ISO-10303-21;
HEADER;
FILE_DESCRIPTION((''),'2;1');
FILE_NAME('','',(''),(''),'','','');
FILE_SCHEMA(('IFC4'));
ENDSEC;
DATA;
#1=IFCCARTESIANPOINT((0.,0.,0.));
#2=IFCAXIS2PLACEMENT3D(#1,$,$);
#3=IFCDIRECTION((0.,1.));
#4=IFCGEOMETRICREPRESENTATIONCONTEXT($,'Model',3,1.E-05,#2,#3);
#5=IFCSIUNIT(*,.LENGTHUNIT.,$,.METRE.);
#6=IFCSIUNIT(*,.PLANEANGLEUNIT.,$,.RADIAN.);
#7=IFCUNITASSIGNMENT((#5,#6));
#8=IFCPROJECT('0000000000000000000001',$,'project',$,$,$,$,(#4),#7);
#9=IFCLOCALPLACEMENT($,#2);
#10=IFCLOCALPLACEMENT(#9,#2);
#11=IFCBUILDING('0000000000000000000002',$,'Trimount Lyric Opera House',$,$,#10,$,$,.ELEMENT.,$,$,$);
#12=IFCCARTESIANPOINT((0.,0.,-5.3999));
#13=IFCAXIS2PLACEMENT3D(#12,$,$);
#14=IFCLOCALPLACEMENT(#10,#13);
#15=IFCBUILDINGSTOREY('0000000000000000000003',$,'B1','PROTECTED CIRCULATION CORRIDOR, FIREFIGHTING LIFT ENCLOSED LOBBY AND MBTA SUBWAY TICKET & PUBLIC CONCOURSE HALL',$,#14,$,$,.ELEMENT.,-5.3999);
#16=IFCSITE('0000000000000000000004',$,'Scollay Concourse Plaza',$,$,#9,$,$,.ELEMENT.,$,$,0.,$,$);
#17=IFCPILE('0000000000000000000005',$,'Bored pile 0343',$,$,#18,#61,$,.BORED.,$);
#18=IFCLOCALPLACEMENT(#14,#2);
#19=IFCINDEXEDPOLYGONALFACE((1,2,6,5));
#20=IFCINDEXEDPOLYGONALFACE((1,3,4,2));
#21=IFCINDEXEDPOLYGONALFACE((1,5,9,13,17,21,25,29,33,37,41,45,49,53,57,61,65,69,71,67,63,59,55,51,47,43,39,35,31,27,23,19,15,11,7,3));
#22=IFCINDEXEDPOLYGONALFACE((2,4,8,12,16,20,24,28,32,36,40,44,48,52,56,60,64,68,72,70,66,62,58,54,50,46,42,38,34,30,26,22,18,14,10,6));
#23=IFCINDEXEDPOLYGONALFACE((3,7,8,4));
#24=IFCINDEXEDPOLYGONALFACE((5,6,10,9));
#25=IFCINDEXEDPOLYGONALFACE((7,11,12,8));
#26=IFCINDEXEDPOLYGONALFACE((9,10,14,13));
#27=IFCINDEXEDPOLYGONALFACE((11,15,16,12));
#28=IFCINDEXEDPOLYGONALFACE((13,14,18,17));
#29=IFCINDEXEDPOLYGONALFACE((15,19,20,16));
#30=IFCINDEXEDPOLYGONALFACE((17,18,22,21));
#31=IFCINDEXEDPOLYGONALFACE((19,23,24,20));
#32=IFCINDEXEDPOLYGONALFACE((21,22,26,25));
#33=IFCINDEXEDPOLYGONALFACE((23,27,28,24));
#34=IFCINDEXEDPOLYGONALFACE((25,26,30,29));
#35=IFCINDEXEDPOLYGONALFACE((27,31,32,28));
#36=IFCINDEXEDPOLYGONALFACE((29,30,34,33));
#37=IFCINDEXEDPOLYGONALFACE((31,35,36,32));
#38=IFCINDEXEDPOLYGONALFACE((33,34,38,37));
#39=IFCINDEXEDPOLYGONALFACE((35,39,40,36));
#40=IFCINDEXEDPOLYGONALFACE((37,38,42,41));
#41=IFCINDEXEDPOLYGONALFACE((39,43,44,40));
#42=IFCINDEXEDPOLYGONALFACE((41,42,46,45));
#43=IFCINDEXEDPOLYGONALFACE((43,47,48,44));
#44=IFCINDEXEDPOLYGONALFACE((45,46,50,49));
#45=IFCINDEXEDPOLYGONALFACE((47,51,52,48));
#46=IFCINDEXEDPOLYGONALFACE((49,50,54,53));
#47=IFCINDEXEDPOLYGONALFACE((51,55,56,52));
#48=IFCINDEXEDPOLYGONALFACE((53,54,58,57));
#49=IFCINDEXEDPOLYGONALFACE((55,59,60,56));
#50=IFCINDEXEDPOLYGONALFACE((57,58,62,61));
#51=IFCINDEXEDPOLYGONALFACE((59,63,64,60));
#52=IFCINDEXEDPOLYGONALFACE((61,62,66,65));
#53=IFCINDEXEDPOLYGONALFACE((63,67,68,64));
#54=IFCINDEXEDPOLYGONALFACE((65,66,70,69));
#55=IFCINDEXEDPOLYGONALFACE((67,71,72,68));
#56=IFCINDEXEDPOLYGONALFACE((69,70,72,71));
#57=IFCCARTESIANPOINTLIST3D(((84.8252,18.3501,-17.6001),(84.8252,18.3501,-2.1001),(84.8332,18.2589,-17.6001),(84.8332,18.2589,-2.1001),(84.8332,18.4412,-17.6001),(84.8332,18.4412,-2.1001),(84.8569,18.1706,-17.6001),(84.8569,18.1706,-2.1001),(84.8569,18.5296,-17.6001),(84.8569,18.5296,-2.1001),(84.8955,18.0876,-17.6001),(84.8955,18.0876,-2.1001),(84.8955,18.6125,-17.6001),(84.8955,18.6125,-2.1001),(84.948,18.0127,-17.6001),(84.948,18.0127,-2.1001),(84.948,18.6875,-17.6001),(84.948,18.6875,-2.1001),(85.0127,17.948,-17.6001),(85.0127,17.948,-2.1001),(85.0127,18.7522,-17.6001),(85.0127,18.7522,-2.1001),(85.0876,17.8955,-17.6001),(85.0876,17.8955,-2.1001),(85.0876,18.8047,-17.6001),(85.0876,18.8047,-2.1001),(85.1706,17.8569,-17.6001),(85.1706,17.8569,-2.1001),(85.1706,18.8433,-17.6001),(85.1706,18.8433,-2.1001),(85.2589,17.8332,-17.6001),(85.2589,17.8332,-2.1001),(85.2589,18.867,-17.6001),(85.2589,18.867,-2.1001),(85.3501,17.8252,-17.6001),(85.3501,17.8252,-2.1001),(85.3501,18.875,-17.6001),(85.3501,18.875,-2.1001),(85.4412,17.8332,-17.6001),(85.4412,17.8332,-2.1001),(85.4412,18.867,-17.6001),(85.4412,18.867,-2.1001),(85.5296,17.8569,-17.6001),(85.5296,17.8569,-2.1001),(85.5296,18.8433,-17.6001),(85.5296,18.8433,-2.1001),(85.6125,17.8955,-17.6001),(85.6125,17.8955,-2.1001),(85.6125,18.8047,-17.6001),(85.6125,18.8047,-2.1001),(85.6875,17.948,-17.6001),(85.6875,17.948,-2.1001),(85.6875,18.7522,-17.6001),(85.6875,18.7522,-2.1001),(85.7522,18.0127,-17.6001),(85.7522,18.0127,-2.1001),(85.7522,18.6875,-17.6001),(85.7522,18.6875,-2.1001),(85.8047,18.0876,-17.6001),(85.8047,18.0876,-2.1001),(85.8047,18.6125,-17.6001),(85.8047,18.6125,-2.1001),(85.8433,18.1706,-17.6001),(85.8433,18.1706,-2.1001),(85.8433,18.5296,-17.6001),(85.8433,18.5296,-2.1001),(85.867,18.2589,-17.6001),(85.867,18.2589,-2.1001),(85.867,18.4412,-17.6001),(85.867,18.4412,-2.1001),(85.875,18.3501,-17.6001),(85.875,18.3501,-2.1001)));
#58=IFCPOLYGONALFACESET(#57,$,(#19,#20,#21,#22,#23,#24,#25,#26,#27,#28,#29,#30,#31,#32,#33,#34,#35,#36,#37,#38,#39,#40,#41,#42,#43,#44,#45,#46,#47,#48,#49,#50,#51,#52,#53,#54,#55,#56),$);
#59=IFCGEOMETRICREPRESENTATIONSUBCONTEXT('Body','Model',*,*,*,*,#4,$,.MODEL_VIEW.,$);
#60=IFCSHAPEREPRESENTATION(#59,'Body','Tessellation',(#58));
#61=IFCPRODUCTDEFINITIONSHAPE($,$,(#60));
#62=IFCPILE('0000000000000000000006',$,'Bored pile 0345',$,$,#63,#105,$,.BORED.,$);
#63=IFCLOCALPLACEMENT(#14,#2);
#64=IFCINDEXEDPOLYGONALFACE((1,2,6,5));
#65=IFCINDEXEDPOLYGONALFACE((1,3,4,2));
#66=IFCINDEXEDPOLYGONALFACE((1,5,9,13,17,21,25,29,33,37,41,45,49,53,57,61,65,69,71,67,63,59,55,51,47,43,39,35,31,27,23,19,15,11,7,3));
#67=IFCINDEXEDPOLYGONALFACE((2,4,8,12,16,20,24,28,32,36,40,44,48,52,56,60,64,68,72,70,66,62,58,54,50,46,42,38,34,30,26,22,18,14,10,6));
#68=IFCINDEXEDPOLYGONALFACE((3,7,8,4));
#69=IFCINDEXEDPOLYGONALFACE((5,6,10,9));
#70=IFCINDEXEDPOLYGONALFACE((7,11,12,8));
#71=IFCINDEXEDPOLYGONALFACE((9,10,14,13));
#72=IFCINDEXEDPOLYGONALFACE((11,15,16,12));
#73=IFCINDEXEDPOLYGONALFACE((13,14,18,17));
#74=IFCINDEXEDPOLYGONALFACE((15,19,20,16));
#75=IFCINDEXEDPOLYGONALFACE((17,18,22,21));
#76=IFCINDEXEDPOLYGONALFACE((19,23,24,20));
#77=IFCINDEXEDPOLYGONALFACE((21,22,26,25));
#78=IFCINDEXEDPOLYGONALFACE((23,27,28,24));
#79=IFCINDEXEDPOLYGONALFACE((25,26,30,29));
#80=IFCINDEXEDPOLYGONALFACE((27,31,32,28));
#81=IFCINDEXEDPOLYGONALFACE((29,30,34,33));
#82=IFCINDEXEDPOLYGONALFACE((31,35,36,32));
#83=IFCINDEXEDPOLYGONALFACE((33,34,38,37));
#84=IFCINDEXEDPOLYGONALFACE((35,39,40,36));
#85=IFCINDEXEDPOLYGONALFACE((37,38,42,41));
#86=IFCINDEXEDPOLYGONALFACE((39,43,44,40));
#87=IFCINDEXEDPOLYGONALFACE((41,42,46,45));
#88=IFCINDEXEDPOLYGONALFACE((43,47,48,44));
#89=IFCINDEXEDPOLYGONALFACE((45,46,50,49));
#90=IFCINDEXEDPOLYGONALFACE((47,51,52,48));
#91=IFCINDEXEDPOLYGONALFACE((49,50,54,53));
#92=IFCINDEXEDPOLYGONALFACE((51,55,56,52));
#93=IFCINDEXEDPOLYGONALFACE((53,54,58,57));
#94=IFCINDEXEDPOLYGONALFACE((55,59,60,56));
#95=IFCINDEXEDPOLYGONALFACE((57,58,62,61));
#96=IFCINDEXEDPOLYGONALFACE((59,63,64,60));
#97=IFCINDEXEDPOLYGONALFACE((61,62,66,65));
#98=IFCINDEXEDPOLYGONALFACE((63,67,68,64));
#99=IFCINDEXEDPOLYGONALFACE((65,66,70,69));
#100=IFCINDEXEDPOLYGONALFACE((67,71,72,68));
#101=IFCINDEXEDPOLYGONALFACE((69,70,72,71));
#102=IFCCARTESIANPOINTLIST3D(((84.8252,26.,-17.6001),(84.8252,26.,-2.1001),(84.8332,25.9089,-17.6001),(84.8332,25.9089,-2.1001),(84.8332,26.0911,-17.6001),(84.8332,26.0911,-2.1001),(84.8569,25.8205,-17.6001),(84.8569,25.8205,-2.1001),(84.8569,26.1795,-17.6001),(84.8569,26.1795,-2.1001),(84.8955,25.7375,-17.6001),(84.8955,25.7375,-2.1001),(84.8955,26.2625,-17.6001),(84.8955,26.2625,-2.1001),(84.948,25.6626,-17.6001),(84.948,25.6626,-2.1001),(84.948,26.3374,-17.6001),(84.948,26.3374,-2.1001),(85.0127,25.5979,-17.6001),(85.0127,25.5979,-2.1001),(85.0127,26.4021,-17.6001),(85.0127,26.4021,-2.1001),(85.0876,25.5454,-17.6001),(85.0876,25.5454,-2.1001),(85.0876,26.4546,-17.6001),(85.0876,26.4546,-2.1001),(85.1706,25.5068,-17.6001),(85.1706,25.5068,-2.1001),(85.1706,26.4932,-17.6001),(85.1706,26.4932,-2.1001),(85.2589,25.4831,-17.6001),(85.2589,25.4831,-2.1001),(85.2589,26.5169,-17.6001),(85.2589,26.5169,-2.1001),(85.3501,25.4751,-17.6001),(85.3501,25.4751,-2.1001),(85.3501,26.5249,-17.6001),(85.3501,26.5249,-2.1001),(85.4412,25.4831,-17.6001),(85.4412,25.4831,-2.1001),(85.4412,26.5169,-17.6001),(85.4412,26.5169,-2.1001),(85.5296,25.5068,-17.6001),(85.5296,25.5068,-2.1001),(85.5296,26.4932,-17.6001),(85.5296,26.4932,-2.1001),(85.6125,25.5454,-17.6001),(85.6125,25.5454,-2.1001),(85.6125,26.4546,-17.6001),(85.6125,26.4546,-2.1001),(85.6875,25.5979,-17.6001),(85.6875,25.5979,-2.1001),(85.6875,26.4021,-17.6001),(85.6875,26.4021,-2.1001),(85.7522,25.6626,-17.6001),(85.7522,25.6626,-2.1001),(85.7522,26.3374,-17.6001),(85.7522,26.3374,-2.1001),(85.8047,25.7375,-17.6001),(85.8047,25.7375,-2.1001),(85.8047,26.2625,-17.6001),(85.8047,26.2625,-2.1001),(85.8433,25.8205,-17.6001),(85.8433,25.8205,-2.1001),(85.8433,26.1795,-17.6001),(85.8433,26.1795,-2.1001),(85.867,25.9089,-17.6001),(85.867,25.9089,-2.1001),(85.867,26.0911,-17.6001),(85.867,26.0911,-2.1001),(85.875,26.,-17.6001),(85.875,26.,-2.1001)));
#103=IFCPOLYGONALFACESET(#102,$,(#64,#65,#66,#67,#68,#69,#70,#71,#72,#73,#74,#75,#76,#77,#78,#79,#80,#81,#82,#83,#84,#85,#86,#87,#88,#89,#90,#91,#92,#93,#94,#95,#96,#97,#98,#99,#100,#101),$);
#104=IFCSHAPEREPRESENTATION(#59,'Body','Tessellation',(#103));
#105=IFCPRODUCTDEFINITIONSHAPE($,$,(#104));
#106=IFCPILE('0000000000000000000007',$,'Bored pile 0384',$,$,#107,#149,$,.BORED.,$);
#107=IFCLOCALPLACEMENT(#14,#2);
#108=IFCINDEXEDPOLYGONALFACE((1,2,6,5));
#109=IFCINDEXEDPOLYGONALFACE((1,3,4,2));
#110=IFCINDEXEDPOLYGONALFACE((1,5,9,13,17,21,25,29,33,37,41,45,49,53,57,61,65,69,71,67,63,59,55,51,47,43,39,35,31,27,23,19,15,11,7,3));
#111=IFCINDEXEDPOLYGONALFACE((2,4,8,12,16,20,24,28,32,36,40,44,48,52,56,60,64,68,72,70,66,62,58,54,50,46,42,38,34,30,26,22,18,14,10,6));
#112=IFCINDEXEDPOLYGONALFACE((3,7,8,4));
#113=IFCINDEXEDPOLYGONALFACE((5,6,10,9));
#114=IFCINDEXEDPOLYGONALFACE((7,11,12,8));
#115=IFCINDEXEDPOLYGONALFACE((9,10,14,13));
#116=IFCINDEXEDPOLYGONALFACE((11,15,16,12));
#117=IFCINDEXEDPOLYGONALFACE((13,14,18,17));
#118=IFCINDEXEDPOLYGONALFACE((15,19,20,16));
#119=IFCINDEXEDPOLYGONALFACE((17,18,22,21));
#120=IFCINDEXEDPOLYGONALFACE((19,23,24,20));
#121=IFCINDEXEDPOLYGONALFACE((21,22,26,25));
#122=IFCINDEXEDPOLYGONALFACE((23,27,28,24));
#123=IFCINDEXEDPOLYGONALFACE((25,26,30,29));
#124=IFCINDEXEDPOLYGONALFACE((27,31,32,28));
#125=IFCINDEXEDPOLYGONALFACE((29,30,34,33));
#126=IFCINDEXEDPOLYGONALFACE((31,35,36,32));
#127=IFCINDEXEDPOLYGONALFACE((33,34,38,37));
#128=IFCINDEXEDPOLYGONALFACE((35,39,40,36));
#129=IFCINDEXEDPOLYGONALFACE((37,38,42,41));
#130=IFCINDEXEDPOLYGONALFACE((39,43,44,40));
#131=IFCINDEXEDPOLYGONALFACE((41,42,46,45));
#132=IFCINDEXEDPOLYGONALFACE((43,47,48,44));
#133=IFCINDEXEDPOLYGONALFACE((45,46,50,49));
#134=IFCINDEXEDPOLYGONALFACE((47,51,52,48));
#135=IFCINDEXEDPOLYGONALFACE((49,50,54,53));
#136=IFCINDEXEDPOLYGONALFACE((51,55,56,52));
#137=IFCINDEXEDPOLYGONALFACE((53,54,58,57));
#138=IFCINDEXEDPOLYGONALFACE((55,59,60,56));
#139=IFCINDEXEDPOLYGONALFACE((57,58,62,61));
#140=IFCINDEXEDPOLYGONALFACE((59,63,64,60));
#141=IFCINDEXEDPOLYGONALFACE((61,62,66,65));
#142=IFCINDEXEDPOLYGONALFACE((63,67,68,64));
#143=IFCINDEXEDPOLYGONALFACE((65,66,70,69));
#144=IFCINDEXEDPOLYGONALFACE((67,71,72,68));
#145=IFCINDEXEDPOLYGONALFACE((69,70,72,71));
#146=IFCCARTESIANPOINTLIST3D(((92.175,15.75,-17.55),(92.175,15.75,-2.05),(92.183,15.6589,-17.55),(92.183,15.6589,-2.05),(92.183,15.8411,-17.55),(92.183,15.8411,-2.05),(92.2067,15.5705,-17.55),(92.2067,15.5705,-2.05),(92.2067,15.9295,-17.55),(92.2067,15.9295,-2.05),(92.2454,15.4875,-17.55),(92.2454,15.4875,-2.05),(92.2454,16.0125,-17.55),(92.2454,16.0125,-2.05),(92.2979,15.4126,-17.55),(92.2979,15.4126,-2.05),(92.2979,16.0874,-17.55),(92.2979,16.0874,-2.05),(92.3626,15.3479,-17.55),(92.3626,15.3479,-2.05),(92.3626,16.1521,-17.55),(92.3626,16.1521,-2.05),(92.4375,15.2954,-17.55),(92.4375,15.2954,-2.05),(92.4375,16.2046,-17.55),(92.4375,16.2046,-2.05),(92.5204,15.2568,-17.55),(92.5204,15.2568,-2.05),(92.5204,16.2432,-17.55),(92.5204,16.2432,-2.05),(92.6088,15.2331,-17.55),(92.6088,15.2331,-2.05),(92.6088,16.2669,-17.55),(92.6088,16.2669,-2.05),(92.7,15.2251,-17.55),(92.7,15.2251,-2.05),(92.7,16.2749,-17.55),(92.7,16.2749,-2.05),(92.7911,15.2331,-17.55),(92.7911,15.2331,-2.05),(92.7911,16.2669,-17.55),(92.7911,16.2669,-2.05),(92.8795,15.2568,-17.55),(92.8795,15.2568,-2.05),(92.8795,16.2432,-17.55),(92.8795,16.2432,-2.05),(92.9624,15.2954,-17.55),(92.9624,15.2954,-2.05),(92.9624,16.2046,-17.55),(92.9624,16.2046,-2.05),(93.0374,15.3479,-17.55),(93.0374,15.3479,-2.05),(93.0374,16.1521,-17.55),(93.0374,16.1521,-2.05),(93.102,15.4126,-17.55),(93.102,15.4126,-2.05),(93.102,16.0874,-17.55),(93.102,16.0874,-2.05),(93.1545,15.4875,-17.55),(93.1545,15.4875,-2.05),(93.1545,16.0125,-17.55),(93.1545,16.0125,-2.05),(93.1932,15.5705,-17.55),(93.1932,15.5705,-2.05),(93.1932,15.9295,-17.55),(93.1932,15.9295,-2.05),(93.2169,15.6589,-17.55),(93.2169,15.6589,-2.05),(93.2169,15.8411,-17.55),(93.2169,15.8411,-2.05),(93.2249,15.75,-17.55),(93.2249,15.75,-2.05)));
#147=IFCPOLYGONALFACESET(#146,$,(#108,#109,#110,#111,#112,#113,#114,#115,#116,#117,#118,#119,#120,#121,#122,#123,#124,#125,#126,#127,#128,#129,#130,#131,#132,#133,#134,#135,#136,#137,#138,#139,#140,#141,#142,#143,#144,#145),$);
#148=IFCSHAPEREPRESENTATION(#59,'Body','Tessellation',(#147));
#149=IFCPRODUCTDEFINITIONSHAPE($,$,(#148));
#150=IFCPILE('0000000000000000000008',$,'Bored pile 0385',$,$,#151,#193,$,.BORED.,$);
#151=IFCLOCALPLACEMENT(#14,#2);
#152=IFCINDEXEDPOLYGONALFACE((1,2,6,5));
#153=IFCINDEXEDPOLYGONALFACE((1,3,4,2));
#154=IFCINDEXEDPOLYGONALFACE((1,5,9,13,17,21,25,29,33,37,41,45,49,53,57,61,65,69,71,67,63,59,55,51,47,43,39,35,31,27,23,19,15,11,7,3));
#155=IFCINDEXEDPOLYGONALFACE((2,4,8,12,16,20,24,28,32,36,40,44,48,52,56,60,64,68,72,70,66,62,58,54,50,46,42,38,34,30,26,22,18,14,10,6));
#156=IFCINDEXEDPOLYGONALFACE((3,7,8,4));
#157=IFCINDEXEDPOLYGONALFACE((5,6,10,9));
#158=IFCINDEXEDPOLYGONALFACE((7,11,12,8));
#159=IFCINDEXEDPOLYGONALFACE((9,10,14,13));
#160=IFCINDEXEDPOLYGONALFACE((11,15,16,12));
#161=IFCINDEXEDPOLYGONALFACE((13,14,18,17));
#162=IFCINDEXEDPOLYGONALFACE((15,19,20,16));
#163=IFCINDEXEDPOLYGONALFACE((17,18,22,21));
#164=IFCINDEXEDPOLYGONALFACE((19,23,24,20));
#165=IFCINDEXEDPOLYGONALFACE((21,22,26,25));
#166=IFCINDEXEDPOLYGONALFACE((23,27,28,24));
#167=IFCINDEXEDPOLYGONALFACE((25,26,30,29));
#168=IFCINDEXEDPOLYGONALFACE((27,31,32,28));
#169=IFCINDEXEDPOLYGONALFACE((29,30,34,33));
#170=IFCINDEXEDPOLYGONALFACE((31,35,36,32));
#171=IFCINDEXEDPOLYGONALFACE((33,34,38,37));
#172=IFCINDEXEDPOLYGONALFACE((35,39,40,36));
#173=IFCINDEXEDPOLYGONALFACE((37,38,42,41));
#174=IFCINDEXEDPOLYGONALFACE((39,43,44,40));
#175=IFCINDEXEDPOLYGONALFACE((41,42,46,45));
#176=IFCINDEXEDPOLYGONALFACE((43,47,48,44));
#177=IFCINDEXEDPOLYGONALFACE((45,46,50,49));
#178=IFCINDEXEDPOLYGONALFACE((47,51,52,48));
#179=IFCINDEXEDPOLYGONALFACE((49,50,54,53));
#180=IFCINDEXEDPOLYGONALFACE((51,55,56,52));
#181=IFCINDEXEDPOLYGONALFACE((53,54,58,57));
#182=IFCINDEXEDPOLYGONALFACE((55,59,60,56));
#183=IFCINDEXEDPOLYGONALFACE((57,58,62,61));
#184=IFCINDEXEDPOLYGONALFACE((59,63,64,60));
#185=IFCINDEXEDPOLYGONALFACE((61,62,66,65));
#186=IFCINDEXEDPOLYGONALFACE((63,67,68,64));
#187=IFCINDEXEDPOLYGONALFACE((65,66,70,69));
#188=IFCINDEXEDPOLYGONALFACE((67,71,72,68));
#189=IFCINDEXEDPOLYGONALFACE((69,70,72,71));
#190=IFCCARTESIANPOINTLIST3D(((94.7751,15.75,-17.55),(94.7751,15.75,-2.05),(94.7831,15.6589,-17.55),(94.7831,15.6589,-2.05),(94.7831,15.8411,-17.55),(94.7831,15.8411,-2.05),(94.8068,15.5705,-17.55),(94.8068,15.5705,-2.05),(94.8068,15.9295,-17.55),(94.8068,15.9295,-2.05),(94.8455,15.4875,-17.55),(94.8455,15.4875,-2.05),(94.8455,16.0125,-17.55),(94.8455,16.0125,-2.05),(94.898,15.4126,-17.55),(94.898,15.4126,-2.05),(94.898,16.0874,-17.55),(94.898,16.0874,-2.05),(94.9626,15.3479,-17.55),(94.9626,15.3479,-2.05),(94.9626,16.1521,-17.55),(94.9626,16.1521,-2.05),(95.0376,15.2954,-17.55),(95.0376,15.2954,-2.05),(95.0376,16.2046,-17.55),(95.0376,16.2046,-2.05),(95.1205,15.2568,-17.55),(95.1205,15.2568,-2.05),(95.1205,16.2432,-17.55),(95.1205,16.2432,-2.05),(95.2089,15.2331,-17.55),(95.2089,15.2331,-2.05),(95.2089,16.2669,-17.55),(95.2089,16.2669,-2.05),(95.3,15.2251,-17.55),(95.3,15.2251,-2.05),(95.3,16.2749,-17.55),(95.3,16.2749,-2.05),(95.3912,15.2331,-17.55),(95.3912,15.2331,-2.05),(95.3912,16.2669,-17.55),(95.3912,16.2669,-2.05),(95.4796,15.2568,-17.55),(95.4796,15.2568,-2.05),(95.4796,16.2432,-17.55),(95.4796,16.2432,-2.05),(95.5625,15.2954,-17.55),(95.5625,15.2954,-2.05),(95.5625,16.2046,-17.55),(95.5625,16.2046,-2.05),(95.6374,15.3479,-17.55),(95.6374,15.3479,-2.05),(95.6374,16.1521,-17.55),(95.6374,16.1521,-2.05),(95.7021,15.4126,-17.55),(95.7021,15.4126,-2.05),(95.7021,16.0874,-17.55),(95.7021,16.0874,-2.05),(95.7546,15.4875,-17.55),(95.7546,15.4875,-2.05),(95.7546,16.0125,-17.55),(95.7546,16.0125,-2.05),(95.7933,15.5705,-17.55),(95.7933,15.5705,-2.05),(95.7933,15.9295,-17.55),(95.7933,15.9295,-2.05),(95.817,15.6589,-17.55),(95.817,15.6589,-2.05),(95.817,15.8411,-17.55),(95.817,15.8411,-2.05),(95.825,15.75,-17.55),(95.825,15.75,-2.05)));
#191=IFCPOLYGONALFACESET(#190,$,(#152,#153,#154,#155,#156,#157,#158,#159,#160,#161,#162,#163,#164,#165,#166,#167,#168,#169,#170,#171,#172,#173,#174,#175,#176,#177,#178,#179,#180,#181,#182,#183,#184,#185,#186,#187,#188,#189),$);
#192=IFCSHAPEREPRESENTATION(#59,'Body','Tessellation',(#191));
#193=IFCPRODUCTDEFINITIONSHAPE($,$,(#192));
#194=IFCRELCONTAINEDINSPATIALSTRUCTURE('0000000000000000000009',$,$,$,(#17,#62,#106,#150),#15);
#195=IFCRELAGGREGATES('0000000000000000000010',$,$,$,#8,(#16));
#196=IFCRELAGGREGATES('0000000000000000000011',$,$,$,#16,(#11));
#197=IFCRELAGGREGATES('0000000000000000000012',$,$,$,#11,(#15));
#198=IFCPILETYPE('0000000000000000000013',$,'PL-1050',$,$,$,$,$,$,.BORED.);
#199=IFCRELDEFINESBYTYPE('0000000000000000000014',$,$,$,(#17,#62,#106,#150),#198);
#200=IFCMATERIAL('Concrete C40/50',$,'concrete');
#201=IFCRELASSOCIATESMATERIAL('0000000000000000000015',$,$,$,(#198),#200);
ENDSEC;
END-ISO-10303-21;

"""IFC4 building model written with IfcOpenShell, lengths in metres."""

from ifc_helpers import new_model, si_unit, direction, frame, origin, origin_2d, place, context, subcontext, project, spatial, circle, extrude, material, material_profile, profile_set, type_object, element, save


model = new_model("IFC4")

# Units and contexts
model_context = context("Model", 3, precision=1e-05, world=origin(), true_north=direction((0.0, 1.0)))
body_context = subcontext(model_context, "Body", "Model", "MODEL_VIEW")
ifc_project = project(units=[si_unit("LENGTHUNIT", "METRE"), si_unit("PLANEANGLEUNIT", "RADIAN")], contexts=[model_context])

# Site, building, storey
site_placement = place(None, origin())
site = spatial("IfcSite", under=ifc_project, at=site_placement, Name="Scollay Concourse Plaza", CompositionType="ELEMENT", RefElevation=0.0)
building_placement = place(site_placement, origin())
building = spatial("IfcBuilding", under=site, at=building_placement, Name="Trimount Lyric Opera House", CompositionType="ELEMENT")
storey_placement = place(building_placement, frame((0.0, 0.0, -5.3999)))
storey = spatial("IfcBuildingStorey", under=building, at=storey_placement, Name="B1", Description="PROTECTED CIRCULATION CORRIDOR, FIREFIGHTING LIFT ENCLOSED LOBBY AND MBTA SUBWAY TICKET & PUBLIC CONCOURSE HALL", CompositionType="ELEMENT", Elevation=-5.3999)

# Piles
ifc_material_1 = material(Name="Concrete C40/50", Category="concrete")
ifc_material_profile_1 = material_profile(ifc_material_1, circle(Radius=0.5249, at=origin_2d()), Name="PILE-D1050")
ifc_profile_set_1 = profile_set([ifc_material_profile_1], Name="Concrete C40/50")
pile_type_1 = type_object("IfcPileType", Name="PL-1050", PredefinedType="BORED", material=ifc_profile_set_1)
for number, where, z_axis, x_axis, name in (
    (1, (85.3501, 18.3501, -2.1001), (0.0, 0.0, -1.0), (1.0, 0.0, 0.0), "Bored pile 0343"),
    (2, (85.3501, 26.0, -2.1001), (0.0, 0.0, -1.0), (1.0, 0.0, 0.0), "Bored pile 0345"),
    (3, (92.7, 15.75, -2.05), (0.0, 0.0, -1.0), (1.0, 0.0, 0.0), "Bored pile 0384"),
    (4, (95.3, 15.75, -2.05), (0.0, 0.0, -1.0), (1.0, 0.0, 0.0), "Bored pile 0385"),
):
    element("IfcPile", number, at=place(storey_placement, frame(where, z_axis=z_axis, x_axis=x_axis)), inside=storey, type_object=pile_type_1, Name=name, PredefinedType="BORED", context=body_context, shape_type="SweptSolid", body=[
        extrude(circle(Radius=0.5249, at=origin_2d()), origin(), (0.0, 0.0, 1.0), 15.5),
    ])

save(model, "model.ifc")
